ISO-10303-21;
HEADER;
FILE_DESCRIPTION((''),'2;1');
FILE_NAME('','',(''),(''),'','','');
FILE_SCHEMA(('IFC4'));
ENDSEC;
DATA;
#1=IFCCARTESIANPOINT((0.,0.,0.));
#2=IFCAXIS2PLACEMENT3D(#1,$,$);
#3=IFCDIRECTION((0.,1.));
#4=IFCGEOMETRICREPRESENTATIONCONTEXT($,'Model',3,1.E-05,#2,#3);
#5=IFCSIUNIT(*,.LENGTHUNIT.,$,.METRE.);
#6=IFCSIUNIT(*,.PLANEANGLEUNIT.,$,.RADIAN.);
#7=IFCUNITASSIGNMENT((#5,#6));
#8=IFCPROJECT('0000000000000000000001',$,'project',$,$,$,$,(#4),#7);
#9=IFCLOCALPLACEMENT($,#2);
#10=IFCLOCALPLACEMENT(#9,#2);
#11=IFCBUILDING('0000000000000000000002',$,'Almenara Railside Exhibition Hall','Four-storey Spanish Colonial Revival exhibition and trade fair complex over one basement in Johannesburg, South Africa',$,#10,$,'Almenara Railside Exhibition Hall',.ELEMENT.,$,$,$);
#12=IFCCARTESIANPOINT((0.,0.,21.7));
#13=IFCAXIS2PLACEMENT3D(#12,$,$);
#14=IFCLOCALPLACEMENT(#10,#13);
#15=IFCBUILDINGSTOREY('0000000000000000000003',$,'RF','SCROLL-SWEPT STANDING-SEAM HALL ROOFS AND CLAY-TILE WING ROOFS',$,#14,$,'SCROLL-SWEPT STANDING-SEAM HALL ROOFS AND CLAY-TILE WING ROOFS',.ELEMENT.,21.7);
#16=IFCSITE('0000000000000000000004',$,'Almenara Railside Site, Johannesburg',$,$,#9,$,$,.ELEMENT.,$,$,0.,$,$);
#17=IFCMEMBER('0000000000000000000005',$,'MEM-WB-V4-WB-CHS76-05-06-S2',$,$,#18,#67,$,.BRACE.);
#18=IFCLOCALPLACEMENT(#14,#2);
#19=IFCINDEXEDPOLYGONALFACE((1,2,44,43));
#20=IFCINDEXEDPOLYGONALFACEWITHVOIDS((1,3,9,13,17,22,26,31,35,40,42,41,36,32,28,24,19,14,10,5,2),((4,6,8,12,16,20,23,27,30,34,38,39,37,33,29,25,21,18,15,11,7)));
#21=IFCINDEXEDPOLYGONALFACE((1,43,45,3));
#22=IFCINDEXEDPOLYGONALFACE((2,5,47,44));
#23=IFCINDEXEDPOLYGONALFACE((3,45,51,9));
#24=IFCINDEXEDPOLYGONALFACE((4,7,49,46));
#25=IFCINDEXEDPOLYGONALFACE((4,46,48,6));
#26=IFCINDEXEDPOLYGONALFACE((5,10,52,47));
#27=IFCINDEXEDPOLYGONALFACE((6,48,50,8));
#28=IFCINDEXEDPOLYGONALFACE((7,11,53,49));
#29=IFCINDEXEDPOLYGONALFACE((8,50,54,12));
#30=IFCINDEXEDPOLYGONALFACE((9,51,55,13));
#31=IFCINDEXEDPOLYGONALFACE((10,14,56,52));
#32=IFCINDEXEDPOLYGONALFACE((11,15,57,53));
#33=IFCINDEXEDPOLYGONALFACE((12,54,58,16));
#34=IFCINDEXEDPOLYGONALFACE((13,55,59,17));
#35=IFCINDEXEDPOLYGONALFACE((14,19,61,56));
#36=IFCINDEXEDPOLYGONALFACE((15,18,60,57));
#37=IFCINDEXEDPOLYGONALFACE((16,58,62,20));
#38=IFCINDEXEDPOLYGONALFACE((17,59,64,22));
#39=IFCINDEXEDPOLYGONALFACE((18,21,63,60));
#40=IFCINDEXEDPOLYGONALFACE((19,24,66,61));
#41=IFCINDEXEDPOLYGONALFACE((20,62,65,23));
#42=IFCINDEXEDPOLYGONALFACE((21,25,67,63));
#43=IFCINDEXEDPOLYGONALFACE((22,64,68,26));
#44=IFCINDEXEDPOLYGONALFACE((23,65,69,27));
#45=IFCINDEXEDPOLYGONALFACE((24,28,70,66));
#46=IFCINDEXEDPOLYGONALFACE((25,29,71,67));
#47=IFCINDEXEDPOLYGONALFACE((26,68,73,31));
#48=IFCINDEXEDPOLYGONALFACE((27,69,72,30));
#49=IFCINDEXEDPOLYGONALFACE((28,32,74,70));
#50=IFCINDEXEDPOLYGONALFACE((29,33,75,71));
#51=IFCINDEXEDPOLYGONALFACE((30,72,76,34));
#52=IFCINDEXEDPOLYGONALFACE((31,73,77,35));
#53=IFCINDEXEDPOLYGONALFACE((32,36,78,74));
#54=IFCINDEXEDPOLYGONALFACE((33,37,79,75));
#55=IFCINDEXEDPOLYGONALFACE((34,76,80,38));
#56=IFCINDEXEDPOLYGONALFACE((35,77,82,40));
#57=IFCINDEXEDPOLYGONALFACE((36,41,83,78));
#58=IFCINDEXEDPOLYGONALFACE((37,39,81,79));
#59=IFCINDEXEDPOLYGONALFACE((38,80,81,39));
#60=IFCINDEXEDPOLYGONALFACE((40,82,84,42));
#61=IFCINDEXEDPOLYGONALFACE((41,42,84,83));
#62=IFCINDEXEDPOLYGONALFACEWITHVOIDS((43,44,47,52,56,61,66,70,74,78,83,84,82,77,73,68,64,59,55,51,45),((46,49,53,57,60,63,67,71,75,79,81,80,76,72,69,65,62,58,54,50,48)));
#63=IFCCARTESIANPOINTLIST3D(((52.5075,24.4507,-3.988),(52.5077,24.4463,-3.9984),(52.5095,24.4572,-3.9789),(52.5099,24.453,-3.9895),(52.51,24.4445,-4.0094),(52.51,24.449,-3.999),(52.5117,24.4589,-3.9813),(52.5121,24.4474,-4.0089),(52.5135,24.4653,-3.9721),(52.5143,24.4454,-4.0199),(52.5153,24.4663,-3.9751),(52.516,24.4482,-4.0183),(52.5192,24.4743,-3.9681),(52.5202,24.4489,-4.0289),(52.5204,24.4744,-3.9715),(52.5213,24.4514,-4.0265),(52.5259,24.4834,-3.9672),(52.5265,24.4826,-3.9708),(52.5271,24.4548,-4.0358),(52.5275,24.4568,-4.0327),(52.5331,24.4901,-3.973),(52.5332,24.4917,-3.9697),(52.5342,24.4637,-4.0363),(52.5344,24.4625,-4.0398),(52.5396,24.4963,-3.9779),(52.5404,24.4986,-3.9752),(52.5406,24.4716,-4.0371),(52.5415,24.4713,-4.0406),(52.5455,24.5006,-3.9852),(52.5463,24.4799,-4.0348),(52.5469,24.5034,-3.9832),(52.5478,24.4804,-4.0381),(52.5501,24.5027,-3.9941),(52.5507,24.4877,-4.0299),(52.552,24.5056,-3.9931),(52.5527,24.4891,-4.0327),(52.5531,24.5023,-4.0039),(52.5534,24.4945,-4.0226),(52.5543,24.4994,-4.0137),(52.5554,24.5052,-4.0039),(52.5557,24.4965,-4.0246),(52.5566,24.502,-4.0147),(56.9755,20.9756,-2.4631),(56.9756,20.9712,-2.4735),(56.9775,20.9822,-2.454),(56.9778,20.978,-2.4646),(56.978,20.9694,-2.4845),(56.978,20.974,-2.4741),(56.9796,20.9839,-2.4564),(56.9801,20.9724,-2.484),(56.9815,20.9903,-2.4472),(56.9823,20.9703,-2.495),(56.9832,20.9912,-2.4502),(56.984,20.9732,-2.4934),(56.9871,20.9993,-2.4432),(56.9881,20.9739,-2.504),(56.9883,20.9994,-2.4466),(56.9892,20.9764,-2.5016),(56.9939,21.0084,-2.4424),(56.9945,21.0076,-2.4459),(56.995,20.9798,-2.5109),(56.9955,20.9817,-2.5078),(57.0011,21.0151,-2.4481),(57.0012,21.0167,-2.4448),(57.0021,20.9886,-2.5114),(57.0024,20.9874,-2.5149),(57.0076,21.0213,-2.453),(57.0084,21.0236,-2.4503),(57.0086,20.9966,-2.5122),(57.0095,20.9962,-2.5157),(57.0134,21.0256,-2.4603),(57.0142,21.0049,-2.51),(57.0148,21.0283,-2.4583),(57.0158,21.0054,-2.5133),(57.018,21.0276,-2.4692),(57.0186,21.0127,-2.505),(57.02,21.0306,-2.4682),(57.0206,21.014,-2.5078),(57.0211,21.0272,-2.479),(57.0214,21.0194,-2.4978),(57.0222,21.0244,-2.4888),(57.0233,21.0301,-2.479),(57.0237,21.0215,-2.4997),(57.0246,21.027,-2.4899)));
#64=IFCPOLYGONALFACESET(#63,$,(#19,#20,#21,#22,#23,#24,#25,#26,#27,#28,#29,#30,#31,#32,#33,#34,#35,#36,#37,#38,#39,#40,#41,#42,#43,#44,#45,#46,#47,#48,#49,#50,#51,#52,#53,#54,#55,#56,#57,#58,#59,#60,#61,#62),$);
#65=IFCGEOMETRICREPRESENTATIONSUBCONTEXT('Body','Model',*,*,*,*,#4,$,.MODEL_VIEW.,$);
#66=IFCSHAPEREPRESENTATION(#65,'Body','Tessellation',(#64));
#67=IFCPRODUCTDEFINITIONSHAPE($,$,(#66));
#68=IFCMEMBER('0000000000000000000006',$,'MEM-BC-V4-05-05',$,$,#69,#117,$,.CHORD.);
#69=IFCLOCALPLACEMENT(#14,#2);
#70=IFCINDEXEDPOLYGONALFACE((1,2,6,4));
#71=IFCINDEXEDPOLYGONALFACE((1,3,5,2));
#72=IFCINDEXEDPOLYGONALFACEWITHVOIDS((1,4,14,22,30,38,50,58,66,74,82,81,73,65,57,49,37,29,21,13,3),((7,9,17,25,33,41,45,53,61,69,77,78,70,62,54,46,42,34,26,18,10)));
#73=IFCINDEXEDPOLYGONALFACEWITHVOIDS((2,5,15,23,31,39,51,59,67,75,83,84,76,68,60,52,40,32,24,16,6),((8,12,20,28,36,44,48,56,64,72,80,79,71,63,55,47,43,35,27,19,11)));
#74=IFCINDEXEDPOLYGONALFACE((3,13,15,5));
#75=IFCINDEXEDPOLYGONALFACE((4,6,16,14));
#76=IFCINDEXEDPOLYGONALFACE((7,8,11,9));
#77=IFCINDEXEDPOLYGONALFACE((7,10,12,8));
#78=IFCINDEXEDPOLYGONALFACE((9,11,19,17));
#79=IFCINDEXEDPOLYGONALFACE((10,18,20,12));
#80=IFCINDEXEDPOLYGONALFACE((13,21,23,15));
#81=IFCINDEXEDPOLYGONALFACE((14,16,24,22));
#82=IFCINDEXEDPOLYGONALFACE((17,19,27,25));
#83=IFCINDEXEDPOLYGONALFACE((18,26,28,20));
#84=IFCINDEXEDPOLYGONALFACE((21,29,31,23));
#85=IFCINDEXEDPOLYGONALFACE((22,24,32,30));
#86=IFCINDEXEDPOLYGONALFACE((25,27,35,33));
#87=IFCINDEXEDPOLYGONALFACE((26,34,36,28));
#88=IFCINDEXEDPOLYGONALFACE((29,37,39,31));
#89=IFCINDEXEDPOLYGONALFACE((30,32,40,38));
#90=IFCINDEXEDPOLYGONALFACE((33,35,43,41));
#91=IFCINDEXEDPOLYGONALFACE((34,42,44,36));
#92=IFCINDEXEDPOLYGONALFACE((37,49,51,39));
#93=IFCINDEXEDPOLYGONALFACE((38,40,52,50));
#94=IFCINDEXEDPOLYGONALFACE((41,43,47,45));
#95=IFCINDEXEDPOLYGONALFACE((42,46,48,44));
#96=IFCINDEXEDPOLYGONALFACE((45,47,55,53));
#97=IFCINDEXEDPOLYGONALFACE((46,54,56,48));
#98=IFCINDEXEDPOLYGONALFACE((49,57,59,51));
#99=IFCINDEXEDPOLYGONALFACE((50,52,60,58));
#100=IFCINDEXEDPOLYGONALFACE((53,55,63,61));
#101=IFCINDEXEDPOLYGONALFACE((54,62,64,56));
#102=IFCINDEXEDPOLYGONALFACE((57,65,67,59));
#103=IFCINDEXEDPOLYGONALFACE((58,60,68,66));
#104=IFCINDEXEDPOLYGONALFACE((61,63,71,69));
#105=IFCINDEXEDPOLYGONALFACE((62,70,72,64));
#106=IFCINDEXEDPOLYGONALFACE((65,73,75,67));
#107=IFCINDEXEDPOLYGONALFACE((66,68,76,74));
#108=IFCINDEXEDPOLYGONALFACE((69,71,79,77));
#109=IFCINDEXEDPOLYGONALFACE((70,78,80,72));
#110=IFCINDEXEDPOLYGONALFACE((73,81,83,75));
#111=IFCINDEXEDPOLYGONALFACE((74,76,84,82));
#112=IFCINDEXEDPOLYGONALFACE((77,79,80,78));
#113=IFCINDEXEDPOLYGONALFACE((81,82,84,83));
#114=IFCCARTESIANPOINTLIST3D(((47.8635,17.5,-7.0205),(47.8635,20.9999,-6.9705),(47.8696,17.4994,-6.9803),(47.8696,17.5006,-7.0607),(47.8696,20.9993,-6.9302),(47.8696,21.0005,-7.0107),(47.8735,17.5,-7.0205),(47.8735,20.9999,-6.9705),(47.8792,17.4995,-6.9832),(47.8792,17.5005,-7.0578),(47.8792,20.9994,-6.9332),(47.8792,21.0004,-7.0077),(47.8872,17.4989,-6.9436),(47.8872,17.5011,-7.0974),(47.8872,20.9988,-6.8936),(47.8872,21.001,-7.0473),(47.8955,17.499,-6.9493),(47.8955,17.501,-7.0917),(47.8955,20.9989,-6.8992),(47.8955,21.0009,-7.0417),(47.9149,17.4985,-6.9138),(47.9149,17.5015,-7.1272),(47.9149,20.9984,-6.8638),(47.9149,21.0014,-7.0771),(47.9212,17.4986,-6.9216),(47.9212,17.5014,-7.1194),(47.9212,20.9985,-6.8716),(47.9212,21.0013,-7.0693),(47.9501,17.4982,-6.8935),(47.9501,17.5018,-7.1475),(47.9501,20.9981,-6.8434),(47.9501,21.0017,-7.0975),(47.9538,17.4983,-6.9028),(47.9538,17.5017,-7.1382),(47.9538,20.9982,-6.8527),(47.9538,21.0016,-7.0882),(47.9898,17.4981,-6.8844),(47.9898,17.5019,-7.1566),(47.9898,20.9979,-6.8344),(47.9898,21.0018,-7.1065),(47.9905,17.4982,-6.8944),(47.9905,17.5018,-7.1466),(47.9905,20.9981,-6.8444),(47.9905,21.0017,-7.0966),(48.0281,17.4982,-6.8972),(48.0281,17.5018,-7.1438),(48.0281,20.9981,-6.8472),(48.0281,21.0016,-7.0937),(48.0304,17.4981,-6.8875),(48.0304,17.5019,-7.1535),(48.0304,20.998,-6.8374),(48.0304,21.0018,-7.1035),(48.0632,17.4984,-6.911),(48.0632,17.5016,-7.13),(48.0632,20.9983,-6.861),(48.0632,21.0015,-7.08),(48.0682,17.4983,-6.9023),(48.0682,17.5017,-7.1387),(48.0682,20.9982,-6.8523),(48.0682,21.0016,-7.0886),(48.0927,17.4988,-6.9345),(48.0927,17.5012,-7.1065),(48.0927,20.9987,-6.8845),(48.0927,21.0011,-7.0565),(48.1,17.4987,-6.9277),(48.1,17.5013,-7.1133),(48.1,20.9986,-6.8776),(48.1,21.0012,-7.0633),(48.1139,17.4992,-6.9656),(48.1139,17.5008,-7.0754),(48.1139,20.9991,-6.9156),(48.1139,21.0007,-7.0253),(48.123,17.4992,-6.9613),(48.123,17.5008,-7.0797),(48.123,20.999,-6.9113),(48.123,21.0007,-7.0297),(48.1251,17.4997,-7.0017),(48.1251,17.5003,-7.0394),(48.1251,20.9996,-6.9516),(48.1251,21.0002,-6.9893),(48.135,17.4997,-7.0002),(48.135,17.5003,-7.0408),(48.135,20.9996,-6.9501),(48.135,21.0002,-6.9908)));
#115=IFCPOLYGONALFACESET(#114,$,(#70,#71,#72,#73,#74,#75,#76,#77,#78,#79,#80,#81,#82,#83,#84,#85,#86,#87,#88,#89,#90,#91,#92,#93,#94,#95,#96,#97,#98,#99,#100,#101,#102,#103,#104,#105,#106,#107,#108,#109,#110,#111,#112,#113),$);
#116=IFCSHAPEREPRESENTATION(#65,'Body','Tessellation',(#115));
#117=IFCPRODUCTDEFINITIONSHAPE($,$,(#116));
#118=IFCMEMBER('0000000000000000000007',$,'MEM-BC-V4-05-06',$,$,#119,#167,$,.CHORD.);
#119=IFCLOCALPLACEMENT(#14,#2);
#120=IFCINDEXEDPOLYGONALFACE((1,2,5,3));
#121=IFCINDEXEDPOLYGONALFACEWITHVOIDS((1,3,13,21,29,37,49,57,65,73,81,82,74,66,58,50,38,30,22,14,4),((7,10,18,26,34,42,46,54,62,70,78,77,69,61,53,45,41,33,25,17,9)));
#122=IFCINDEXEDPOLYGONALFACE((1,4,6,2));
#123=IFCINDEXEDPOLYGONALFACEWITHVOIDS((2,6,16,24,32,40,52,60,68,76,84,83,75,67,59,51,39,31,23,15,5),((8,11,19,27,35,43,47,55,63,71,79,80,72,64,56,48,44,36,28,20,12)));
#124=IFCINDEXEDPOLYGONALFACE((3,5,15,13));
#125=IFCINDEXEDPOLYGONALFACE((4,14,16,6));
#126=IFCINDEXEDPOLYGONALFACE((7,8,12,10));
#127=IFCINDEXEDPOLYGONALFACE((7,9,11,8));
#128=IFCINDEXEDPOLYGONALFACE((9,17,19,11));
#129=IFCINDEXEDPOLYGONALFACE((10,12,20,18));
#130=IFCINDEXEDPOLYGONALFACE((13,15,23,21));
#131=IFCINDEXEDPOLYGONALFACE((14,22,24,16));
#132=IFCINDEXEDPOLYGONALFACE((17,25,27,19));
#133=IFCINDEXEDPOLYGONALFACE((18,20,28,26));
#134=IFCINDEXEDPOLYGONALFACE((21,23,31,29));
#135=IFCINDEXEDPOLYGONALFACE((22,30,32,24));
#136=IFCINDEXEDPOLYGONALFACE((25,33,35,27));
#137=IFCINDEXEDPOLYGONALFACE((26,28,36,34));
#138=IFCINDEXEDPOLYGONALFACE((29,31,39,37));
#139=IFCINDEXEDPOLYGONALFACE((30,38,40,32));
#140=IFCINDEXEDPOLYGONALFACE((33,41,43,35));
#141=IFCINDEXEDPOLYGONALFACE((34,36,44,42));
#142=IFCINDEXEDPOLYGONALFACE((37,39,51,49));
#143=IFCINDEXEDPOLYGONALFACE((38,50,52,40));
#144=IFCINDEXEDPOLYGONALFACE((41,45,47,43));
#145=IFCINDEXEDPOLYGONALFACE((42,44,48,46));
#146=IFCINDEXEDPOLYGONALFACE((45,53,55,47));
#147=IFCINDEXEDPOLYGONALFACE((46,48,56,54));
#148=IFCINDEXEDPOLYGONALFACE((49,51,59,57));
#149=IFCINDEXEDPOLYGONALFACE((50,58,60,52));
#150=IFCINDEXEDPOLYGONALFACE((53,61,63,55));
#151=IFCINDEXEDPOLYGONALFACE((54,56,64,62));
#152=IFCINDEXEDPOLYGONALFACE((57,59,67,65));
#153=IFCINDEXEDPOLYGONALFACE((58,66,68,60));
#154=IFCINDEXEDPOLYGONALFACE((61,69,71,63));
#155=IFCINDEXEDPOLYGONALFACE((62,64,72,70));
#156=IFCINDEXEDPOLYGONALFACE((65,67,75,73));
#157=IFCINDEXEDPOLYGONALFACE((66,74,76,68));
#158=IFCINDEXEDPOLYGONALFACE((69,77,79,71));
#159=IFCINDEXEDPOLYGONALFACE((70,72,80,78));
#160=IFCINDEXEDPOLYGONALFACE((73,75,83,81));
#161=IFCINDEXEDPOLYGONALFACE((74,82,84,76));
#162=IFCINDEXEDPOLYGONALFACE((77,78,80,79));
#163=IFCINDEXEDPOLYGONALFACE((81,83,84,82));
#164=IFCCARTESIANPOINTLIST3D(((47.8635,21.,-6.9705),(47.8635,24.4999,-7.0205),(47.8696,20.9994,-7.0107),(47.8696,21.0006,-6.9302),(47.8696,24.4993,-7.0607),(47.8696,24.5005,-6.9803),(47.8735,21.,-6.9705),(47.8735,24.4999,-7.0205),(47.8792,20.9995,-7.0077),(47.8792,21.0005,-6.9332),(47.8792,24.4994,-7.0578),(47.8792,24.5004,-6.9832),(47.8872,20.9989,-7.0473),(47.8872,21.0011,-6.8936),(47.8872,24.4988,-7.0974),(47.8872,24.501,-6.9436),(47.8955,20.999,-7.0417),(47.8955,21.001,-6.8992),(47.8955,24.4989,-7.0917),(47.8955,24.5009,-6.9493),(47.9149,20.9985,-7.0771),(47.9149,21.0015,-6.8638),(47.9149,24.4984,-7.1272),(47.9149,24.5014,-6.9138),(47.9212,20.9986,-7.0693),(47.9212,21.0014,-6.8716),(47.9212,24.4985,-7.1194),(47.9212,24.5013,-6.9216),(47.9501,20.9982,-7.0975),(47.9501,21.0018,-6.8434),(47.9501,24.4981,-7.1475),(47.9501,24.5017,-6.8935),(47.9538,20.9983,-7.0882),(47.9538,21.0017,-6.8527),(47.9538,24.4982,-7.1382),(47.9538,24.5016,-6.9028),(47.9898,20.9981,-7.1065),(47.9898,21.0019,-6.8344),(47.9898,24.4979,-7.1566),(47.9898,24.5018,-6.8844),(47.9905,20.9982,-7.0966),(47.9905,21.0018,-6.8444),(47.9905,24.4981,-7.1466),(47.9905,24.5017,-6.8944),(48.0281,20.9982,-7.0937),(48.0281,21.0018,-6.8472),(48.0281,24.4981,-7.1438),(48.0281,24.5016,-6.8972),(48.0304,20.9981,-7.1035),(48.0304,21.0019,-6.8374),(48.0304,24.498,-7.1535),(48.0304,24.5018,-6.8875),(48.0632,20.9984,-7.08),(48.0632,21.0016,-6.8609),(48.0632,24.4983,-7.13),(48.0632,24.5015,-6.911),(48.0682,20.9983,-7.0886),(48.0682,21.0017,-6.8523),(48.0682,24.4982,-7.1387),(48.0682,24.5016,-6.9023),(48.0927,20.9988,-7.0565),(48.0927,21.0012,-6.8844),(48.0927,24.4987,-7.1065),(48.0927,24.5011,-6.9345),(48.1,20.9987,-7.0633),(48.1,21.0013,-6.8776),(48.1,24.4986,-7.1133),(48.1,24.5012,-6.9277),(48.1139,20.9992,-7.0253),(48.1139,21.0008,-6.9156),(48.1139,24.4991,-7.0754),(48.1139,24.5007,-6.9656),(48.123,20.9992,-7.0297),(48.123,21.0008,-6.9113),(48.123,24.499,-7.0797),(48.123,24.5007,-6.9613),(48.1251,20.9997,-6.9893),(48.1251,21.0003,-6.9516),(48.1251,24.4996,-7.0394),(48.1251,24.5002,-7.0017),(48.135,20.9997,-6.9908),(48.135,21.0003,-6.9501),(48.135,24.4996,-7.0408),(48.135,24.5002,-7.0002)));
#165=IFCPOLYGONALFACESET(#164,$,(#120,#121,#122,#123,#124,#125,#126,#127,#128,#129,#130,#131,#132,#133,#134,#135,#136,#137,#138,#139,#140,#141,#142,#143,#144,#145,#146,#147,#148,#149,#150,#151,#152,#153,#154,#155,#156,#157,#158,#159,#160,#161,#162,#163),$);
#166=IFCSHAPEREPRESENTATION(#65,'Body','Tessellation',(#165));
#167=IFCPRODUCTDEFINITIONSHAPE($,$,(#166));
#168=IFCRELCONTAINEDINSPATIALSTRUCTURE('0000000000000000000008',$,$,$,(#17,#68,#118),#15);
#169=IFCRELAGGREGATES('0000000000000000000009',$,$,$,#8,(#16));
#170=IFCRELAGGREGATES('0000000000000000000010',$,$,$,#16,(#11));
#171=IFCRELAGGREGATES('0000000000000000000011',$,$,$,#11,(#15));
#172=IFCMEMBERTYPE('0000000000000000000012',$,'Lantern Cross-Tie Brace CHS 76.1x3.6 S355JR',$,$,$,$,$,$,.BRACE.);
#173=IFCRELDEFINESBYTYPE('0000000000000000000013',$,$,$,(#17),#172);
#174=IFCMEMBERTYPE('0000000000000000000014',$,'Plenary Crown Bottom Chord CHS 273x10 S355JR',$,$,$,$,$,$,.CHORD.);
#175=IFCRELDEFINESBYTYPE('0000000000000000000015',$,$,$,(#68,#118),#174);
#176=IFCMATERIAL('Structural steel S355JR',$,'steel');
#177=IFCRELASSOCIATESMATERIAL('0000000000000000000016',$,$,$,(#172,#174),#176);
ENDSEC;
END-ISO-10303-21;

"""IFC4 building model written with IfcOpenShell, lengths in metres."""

from ifc_helpers import new_model, si_unit, direction, frame, origin, origin_2d, place, context, subcontext, project, spatial, hollow_circle, extrude, material, material_profile, profile_set, type_object, element, save


model = new_model("IFC4")

# Units and contexts
model_context = context("Model", 3, precision=1e-05, world=origin(), true_north=direction((0.0, 1.0)))
body_context = subcontext(model_context, "Body", "Model", "MODEL_VIEW")
ifc_project = project(units=[si_unit("LENGTHUNIT", "METRE"), si_unit("PLANEANGLEUNIT", "RADIAN")], contexts=[model_context])

# Site, building, storey
site_placement = place(None, origin())
site = spatial("IfcSite", under=ifc_project, at=site_placement, Name="Almenara Railside Site, Johannesburg", CompositionType="ELEMENT", RefElevation=0.0)
building_placement = place(site_placement, origin())
building = spatial("IfcBuilding", under=site, at=building_placement, Name="Almenara Railside Exhibition Hall", Description="Four-storey Spanish Colonial Revival exhibition and trade fair complex over one basement in Johannesburg, South Africa", LongName="Almenara Railside Exhibition Hall", CompositionType="ELEMENT")
storey_placement = place(building_placement, frame((0.0, 0.0, 21.7)))
storey = spatial("IfcBuildingStorey", under=building, at=storey_placement, Name="RF", Description="SCROLL-SWEPT STANDING-SEAM HALL ROOFS AND CLAY-TILE WING ROOFS", LongName="SCROLL-SWEPT STANDING-SEAM HALL ROOFS AND CLAY-TILE WING ROOFS", CompositionType="ELEMENT", Elevation=21.7)

# Members
ifc_material_1 = material(Name="Structural steel S355JR", Category="steel")
ifc_material_profile_1 = material_profile(ifc_material_1, hollow_circle(Radius=0.0381, WallThickness=0.0037, at=origin_2d()), Name="CHS 76.1x3.6")
ifc_profile_set_1 = profile_set([ifc_material_profile_1], Name="Structural steel S355JR")
member_type_1 = type_object("IfcMemberType", Name="Lantern Cross-Tie Brace CHS 76.1x3.6 S355JR", PredefinedType="BRACE", material=ifc_profile_set_1)
member_1_placement = place(storey_placement, frame((52.532, 24.4751, -4.0039), z_axis=(0.762181, -0.592803, 0.260127), x_axis=(0.613938, 0.789355, 0.0)))
element("IfcMember", 1, at=member_1_placement, inside=storey, type_object=member_type_1, Name="MEM-WB-V4-WB-CHS76-05-06-S2", PredefinedType="BRACE", context=body_context, shape_type="SweptSolid", body=[
    extrude(hollow_circle(Radius=0.0381, WallThickness=0.0037, at=origin_2d()), origin(), (0.0, 0.0, 1.0), 5.8621),
])
ifc_material_profile_2 = material_profile(ifc_material_1, hollow_circle(Radius=0.1365, WallThickness=0.01, at=origin_2d()), Name="CHS 273x10")
ifc_profile_set_2 = profile_set([ifc_material_profile_2], Name="Structural steel S355JR")
member_type_2 = type_object("IfcMemberType", Name="Plenary Crown Bottom Chord CHS 273x10 S355JR", PredefinedType="CHORD", material=ifc_profile_set_2)
for number, where, z_axis, x_axis, name in (
    (2, (48.0, 17.5, -7.0205), (0.0, 0.999898, 0.014298), (-1.0, 0.0, 0.0), "MEM-BC-V4-05-05"),
    (3, (48.0, 21.0, -6.9705), (0.0, 0.999898, -0.014298), (-1.0, 0.0, 0.0), "MEM-BC-V4-05-06"),
):
    element("IfcMember", number, at=place(storey_placement, frame(where, z_axis=z_axis, x_axis=x_axis)), inside=storey, type_object=member_type_2, Name=name, PredefinedType="CHORD", context=body_context, shape_type="SweptSolid", body=[
        extrude(hollow_circle(Radius=0.1365, WallThickness=0.01, at=origin_2d()), origin(), (0.0, 0.0, 1.0), 3.5002),
    ])

save(model, "model.ifc")
